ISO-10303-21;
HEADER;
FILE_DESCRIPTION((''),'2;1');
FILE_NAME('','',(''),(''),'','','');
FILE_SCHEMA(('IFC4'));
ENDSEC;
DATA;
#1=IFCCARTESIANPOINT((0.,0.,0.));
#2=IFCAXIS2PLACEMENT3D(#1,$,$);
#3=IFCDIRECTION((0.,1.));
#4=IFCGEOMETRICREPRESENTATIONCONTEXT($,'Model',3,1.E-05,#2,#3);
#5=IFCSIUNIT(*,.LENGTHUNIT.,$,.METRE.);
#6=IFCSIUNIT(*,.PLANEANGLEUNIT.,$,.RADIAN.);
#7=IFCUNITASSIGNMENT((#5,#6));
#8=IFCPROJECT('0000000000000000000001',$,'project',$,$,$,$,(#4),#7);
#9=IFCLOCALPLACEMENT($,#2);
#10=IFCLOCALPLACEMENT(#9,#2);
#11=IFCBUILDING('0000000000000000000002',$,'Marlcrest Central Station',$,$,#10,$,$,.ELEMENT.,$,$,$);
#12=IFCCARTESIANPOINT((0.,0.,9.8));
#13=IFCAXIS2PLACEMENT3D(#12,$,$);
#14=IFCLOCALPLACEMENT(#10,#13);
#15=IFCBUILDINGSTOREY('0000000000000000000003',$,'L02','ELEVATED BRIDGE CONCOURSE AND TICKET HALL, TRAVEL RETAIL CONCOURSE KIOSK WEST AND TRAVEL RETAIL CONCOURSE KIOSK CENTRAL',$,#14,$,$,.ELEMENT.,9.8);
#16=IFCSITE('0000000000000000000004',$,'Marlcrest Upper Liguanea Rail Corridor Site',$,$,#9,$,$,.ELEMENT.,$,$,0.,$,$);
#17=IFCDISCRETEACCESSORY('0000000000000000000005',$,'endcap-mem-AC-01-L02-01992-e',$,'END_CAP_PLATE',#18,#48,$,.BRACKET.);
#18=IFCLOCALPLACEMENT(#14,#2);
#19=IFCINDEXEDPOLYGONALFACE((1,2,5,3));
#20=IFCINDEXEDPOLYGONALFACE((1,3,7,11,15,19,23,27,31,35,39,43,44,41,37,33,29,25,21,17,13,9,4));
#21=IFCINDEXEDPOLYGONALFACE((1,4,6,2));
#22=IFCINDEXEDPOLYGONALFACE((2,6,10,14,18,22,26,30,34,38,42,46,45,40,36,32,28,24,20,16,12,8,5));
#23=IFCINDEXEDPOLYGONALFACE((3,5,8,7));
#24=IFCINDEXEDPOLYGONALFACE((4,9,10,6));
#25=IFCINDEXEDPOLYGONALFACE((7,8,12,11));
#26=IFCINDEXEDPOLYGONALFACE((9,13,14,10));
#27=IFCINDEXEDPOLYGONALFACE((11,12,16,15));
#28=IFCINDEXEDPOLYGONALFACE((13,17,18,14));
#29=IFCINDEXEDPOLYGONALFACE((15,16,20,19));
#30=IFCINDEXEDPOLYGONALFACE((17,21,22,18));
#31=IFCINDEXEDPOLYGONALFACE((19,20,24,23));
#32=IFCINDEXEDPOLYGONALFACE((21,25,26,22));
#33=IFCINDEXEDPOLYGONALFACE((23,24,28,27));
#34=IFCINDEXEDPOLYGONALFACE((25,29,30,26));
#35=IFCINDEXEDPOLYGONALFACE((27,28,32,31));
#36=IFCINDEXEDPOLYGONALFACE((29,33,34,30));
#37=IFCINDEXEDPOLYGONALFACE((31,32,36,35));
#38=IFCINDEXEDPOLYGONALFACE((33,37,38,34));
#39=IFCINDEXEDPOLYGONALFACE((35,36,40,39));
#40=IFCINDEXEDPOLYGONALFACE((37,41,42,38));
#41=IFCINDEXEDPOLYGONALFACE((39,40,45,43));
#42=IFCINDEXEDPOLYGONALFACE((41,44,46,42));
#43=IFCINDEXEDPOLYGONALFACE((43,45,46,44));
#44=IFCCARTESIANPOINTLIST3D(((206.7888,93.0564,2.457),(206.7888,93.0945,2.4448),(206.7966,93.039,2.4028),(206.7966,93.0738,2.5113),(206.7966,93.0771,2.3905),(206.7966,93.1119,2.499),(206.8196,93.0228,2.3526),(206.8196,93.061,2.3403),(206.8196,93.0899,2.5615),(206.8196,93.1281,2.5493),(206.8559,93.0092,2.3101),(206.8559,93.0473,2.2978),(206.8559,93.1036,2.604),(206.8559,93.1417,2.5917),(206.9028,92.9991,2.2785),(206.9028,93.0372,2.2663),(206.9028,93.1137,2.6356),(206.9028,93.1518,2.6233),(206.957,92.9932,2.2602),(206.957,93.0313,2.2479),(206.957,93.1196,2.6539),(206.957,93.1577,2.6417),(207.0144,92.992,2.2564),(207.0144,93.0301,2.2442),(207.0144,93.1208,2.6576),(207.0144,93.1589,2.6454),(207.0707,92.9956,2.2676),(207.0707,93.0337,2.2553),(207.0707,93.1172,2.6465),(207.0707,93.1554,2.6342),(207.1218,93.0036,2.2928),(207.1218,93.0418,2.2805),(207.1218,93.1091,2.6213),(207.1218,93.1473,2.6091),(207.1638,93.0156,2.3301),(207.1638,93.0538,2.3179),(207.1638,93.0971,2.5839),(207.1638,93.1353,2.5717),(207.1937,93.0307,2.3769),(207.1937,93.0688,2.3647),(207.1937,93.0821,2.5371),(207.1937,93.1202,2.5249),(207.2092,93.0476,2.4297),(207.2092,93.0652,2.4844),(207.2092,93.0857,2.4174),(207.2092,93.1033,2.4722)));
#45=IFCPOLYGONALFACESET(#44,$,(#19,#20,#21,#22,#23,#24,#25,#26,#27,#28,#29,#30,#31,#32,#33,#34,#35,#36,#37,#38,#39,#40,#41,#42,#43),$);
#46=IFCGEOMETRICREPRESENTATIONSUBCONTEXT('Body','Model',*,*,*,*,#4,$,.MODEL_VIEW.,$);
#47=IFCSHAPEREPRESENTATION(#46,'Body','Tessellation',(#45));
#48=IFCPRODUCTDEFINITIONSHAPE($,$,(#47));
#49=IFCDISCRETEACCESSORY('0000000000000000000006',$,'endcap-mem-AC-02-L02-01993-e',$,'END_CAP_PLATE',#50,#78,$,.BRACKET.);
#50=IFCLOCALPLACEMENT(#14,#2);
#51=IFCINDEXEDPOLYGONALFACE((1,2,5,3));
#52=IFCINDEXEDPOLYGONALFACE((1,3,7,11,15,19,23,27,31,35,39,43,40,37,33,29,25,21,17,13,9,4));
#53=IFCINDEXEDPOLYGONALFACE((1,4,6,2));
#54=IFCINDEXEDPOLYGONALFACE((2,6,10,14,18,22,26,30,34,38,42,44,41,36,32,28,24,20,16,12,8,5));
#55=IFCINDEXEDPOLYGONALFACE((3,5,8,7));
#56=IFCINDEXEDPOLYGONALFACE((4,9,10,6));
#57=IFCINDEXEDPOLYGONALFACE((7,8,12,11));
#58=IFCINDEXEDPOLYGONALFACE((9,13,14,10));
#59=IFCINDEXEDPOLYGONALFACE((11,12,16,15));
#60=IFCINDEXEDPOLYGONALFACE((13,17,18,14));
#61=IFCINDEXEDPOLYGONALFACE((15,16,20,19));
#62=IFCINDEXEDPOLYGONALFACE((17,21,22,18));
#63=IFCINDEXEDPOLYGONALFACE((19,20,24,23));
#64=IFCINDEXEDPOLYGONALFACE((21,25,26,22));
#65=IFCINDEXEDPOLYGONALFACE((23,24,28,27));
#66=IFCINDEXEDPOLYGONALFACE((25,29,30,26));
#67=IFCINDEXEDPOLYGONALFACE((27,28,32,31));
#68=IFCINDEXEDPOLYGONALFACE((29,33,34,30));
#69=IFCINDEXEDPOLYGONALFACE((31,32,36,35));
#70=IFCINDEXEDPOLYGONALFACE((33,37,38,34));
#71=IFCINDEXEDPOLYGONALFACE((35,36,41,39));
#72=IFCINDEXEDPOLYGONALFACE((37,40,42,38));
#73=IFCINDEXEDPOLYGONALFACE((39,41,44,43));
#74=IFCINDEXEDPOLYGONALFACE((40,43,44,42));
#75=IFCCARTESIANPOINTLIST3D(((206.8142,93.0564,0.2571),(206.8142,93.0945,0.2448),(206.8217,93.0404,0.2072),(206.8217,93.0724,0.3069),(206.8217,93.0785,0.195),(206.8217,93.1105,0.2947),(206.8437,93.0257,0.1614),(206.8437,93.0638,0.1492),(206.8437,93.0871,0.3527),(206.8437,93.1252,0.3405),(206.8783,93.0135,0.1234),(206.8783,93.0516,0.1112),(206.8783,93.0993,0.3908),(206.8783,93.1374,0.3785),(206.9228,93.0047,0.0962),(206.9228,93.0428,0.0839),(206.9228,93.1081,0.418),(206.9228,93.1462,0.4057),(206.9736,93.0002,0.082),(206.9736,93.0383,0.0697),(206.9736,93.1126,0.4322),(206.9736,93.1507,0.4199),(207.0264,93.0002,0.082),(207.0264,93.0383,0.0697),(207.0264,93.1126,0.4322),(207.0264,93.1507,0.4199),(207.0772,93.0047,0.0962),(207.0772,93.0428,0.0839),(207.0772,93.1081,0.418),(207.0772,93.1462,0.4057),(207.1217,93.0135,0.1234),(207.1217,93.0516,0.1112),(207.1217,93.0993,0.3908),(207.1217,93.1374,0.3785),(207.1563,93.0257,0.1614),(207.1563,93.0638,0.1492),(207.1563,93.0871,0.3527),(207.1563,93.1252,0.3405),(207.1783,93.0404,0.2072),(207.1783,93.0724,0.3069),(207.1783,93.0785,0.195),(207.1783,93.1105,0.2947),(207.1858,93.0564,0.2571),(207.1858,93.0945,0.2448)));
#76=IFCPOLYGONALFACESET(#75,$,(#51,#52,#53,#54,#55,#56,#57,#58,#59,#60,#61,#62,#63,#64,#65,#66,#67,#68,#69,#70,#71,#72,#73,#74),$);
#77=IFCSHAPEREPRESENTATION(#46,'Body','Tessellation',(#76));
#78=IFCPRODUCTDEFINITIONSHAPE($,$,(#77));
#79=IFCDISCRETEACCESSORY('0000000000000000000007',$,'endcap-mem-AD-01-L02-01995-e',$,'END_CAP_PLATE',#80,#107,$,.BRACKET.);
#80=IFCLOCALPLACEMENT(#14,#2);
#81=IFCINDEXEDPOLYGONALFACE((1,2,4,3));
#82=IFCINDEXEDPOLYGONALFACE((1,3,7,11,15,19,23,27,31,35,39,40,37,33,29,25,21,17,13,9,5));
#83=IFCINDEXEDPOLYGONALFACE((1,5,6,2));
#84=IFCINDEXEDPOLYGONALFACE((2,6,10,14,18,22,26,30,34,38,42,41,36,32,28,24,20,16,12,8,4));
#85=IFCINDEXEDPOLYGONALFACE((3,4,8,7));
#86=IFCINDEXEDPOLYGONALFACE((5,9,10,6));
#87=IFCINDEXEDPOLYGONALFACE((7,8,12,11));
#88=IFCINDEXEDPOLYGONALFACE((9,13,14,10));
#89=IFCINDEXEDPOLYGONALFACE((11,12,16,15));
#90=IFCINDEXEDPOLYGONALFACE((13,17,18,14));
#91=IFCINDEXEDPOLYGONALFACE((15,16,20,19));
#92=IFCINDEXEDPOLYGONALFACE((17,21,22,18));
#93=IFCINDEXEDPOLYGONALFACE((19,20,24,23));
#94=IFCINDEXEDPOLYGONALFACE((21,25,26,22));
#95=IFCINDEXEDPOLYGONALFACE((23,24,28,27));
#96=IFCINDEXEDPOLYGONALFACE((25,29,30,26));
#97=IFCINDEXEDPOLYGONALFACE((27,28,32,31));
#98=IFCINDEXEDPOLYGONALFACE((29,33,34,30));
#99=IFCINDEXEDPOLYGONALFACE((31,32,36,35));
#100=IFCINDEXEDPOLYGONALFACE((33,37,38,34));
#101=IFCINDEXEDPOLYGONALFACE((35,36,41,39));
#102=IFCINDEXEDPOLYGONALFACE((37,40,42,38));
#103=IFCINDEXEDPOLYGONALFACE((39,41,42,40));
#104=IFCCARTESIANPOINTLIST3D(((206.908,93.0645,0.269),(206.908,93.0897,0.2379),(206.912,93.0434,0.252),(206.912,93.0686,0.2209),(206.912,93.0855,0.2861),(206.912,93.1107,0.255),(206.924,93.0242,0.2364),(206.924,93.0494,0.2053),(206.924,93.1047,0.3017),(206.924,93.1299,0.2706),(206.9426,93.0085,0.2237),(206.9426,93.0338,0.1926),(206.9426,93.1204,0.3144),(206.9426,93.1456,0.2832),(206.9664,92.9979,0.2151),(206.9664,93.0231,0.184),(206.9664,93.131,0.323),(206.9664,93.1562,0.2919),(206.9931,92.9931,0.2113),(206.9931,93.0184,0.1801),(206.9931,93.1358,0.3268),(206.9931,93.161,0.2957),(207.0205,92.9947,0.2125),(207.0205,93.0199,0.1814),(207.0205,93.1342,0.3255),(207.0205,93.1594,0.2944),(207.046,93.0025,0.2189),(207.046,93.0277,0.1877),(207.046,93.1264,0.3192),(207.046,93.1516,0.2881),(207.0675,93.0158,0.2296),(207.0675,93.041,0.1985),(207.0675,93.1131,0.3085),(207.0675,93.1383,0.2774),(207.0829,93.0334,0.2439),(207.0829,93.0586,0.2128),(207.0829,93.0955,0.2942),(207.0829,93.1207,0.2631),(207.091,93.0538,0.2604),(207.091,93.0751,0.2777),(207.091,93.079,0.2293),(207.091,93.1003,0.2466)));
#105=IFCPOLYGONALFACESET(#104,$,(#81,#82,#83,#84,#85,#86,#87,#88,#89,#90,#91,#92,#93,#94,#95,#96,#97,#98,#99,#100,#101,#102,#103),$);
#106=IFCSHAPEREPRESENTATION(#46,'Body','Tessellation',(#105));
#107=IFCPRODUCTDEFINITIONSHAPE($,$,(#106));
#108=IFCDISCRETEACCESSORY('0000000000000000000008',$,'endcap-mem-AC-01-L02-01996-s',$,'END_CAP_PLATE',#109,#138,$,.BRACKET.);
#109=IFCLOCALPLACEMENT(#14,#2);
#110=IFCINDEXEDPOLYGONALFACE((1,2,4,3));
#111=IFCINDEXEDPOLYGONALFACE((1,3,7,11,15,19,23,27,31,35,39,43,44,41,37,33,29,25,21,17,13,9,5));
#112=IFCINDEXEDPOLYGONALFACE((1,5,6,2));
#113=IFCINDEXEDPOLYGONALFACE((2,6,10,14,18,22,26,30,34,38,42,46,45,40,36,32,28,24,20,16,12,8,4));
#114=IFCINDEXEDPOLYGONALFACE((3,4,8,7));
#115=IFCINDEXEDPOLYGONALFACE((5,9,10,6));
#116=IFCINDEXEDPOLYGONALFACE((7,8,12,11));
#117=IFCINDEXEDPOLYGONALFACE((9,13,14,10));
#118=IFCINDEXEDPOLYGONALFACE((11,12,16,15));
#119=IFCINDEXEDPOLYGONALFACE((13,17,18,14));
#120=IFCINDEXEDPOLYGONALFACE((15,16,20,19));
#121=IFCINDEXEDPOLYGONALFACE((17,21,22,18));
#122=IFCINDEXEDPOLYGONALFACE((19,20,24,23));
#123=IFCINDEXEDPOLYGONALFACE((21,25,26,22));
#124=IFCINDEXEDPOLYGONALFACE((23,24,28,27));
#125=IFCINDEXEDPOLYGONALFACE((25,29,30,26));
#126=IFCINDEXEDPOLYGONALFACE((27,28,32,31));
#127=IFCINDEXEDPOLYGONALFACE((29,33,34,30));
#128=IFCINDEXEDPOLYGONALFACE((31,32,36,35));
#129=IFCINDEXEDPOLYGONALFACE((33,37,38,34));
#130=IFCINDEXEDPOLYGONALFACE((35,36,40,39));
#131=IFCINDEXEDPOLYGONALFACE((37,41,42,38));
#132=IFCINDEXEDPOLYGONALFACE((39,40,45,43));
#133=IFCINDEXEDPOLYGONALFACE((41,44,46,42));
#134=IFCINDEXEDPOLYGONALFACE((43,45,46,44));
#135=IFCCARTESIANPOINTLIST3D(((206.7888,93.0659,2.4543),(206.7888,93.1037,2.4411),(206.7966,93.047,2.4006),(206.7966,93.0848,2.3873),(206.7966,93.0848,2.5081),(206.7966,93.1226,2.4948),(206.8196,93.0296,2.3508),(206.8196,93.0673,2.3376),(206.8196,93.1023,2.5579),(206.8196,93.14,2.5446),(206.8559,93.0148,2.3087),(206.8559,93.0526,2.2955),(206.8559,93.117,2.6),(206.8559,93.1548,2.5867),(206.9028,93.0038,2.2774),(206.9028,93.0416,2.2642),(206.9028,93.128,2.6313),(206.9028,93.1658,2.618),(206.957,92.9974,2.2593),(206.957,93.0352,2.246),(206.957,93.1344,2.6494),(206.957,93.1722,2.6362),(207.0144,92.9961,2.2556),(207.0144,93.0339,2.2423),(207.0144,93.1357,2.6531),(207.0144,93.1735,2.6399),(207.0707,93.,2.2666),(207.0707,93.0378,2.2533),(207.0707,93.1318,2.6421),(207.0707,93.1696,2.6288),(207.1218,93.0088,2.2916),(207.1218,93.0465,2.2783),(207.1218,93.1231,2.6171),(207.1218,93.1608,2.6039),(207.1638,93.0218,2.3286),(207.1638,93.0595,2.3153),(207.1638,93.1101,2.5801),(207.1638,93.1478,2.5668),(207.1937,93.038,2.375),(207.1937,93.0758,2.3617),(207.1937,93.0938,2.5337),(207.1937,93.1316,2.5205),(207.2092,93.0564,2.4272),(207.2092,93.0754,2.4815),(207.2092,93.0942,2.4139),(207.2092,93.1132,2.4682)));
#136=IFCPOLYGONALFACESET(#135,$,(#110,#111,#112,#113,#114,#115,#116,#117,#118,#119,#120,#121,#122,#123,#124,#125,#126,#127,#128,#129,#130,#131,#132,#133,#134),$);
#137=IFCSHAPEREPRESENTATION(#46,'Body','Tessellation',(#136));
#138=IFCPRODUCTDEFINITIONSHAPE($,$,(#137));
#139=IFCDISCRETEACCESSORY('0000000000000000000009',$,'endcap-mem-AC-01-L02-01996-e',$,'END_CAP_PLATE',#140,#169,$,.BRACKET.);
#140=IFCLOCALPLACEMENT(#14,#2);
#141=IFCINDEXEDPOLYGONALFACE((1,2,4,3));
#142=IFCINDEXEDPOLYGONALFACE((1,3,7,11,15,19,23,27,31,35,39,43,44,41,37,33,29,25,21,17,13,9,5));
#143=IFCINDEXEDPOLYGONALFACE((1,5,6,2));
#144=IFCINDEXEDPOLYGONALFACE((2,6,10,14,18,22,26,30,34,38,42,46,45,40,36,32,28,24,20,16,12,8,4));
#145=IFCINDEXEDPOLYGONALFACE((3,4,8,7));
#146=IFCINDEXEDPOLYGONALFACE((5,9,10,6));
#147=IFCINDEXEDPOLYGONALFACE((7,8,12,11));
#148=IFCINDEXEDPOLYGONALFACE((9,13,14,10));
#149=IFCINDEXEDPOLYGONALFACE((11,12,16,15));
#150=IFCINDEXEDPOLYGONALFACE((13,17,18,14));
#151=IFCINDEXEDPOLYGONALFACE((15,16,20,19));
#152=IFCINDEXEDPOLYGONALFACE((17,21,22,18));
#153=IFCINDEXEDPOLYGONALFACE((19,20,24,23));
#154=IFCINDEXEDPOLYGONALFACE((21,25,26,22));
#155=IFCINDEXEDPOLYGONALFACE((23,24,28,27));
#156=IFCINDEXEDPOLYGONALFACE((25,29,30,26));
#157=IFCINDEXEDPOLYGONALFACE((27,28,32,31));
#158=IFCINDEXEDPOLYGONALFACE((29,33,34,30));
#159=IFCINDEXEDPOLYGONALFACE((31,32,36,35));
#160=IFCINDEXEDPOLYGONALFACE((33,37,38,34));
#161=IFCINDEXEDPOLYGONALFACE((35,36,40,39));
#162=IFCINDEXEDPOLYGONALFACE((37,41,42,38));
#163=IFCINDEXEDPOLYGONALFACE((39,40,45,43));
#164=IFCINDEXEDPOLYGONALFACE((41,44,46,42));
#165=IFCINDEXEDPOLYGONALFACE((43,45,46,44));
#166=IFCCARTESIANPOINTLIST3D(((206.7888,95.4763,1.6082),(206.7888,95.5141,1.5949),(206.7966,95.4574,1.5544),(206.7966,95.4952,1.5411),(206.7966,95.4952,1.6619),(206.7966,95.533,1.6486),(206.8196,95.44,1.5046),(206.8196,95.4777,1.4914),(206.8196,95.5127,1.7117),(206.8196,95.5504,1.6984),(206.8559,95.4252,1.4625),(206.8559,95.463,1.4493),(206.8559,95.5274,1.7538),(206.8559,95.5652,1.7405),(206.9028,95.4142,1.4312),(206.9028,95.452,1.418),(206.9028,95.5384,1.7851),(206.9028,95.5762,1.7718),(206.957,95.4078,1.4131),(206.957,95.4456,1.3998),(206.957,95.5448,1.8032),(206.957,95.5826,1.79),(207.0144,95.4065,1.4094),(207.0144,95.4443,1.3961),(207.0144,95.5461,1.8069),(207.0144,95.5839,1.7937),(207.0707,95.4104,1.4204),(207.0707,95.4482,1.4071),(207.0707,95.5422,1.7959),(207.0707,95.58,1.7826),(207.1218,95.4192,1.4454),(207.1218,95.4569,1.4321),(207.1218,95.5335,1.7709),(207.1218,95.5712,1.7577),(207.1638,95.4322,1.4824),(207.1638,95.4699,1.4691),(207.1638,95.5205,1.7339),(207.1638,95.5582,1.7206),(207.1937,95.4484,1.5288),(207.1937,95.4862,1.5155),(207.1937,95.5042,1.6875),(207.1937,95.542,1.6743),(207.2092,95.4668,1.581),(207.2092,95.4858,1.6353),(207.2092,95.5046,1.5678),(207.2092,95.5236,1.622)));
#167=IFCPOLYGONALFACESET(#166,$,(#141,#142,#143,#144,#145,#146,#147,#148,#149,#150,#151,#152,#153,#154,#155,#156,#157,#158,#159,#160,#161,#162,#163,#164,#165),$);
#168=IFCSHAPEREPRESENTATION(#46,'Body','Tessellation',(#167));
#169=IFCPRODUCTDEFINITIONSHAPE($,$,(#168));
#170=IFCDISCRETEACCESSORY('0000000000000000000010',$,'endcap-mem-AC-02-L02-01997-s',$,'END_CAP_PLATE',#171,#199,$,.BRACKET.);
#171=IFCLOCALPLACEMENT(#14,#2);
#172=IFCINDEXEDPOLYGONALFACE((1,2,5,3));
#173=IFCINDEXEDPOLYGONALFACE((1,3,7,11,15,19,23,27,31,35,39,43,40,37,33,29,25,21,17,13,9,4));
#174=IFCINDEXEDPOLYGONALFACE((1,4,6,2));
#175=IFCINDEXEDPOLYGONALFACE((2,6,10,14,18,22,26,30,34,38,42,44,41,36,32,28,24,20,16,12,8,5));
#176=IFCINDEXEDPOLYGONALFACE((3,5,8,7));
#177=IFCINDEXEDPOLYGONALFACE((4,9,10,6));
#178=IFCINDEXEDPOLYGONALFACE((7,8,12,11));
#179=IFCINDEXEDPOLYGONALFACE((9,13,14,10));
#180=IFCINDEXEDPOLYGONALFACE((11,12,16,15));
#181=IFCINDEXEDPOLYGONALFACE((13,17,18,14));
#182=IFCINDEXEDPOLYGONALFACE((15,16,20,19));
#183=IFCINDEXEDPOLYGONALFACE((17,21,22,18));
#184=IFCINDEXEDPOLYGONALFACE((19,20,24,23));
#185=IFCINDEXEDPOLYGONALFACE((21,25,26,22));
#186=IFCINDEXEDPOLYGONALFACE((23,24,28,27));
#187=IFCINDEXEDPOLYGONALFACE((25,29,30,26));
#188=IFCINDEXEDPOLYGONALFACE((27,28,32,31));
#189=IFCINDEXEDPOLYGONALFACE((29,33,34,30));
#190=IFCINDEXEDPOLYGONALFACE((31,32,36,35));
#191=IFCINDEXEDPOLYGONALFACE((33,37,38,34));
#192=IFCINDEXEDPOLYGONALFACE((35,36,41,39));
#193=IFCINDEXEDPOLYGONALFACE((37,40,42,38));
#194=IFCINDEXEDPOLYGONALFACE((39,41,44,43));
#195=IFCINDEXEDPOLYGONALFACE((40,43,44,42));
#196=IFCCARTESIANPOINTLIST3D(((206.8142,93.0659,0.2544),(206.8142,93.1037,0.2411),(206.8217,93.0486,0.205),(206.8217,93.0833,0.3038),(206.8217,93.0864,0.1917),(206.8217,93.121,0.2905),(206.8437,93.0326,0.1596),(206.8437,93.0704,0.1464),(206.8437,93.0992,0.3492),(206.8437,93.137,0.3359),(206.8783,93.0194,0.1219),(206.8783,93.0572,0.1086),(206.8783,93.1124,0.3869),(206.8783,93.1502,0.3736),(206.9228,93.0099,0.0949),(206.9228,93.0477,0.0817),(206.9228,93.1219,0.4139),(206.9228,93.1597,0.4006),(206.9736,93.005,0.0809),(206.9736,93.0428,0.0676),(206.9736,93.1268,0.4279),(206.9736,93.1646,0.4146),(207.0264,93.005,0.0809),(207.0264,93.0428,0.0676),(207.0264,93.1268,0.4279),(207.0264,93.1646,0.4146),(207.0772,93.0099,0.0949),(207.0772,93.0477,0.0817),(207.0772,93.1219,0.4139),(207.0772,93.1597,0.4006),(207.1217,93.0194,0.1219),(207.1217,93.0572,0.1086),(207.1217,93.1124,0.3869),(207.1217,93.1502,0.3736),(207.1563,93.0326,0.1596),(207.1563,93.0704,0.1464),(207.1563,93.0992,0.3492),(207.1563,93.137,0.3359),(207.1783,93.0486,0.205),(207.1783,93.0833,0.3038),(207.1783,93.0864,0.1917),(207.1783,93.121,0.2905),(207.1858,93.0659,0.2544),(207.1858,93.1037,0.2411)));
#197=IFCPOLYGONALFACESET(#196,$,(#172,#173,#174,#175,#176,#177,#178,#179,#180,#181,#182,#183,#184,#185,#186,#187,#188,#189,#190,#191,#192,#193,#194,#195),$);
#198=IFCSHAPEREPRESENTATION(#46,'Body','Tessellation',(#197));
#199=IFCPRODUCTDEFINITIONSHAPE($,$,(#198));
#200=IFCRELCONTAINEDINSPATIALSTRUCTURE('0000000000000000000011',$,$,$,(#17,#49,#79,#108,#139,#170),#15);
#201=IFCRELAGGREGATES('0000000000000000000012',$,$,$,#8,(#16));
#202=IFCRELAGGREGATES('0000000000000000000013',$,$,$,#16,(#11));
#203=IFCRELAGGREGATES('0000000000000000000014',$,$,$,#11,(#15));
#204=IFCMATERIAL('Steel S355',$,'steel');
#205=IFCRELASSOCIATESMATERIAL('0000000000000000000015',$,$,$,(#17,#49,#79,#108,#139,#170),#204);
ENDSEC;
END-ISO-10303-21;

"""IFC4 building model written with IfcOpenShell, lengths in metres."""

from ifc_helpers import new_model, si_unit, direction, frame, origin, origin_2d, place, context, subcontext, project, spatial, circle, extrude, material, element, save


model = new_model("IFC4")

# Units and contexts
model_context = context("Model", 3, precision=1e-05, world=origin(), true_north=direction((0.0, 1.0)))
body_context = subcontext(model_context, "Body", "Model", "MODEL_VIEW")
ifc_project = project(units=[si_unit("LENGTHUNIT", "METRE"), si_unit("PLANEANGLEUNIT", "RADIAN")], contexts=[model_context])

# Site, building, storey
site_placement = place(None, origin())
site = spatial("IfcSite", under=ifc_project, at=site_placement, Name="Marlcrest Upper Liguanea Rail Corridor Site", CompositionType="ELEMENT", RefElevation=0.0)
building_placement = place(site_placement, origin())
building = spatial("IfcBuilding", under=site, at=building_placement, Name="Marlcrest Central Station", CompositionType="ELEMENT")
storey_placement = place(building_placement, frame((0.0, 0.0, 9.8)))
storey = spatial("IfcBuildingStorey", under=building, at=storey_placement, Name="L02", Description="ELEVATED BRIDGE CONCOURSE AND TICKET HALL, TRAVEL RETAIL CONCOURSE KIOSK WEST AND TRAVEL RETAIL CONCOURSE KIOSK CENTRAL", CompositionType="ELEMENT", Elevation=9.8)

# Shared definitions
ifc_material_1 = material(Name="Steel S355", Category="steel")

# Discrete accessories
discrete_accessory_1_placement = place(storey_placement, frame((207.0, 93.0564, 2.457), z_axis=(0.0, 0.952117, -0.305734), x_axis=(-1.0, 0.0, 0.0)))
element("IfcDiscreteAccessory", 1, at=discrete_accessory_1_placement, inside=storey, material=ifc_material_1, Name="endcap-mem-AC-01-L02-01992-e", ObjectType="END_CAP_PLATE", PredefinedType="BRACKET", context=body_context, shape_type="SweptSolid", body=[
    extrude(circle(Radius=0.2112, at=origin_2d()), origin(), (0.0, 0.0, 1.0), 0.04),
])
discrete_accessory_2_placement = place(storey_placement, frame((207.0, 93.0564, 0.2571), z_axis=(0.0, 0.952117, -0.305734), x_axis=(-1.0, 0.0, 0.0)))
element("IfcDiscreteAccessory", 2, at=discrete_accessory_2_placement, inside=storey, material=ifc_material_1, Name="endcap-mem-AC-02-L02-01993-e", ObjectType="END_CAP_PLATE", PredefinedType="BRACKET", context=body_context, shape_type="SweptSolid", body=[
    extrude(circle(Radius=0.1858, at=origin_2d()), origin(), (0.0, 0.0, 1.0), 0.04),
])
discrete_accessory_3_placement = place(storey_placement, frame((207.0, 93.0645, 0.269), z_axis=(0.0, 0.629629, -0.776896), x_axis=(-1.0, 0.0, 0.0)))
element("IfcDiscreteAccessory", 3, at=discrete_accessory_3_placement, inside=storey, material=ifc_material_1, Name="endcap-mem-AD-01-L02-01995-e", ObjectType="END_CAP_PLATE", PredefinedType="BRACKET", context=body_context, shape_type="SweptSolid", body=[
    extrude(circle(Radius=0.092, at=origin_2d()), origin(), (0.0, 0.0, 1.0), 0.04),
])
for number, where, z_axis, x_axis, name in (
    (4, (207.0, 93.0659, 2.4543), (0.0, 0.943537, -0.331266), (-1.0, 0.0, 0.0), "endcap-mem-AC-01-L02-01996-s"),
    (5, (207.0, 95.4763, 1.6082), (0.0, 0.943537, -0.331266), (-1.0, 0.0, 0.0), "endcap-mem-AC-01-L02-01996-e"),
):
    element("IfcDiscreteAccessory", number, at=place(storey_placement, frame(where, z_axis=z_axis, x_axis=x_axis)), inside=storey, material=ifc_material_1, Name=name, ObjectType="END_CAP_PLATE", PredefinedType="BRACKET", context=body_context, shape_type="SweptSolid", body=[
        extrude(circle(Radius=0.2112, at=origin_2d()), origin(), (0.0, 0.0, 1.0), 0.04),
    ])
for number, where, z_axis, x_axis, name in (
    (6, (207.0, 93.0659, 0.2544), (0.0, 0.943537, -0.331266), (-1.0, 0.0, 0.0), "endcap-mem-AC-02-L02-01997-s"),
):
    element("IfcDiscreteAccessory", number, at=place(storey_placement, frame(where, z_axis=z_axis, x_axis=x_axis)), inside=storey, material=ifc_material_1, Name=name, ObjectType="END_CAP_PLATE", PredefinedType="BRACKET", context=body_context, shape_type="SweptSolid", body=[
        extrude(circle(Radius=0.1858, at=origin_2d()), origin(), (0.0, 0.0, 1.0), 0.04),
    ])

save(model, "model.ifc")
